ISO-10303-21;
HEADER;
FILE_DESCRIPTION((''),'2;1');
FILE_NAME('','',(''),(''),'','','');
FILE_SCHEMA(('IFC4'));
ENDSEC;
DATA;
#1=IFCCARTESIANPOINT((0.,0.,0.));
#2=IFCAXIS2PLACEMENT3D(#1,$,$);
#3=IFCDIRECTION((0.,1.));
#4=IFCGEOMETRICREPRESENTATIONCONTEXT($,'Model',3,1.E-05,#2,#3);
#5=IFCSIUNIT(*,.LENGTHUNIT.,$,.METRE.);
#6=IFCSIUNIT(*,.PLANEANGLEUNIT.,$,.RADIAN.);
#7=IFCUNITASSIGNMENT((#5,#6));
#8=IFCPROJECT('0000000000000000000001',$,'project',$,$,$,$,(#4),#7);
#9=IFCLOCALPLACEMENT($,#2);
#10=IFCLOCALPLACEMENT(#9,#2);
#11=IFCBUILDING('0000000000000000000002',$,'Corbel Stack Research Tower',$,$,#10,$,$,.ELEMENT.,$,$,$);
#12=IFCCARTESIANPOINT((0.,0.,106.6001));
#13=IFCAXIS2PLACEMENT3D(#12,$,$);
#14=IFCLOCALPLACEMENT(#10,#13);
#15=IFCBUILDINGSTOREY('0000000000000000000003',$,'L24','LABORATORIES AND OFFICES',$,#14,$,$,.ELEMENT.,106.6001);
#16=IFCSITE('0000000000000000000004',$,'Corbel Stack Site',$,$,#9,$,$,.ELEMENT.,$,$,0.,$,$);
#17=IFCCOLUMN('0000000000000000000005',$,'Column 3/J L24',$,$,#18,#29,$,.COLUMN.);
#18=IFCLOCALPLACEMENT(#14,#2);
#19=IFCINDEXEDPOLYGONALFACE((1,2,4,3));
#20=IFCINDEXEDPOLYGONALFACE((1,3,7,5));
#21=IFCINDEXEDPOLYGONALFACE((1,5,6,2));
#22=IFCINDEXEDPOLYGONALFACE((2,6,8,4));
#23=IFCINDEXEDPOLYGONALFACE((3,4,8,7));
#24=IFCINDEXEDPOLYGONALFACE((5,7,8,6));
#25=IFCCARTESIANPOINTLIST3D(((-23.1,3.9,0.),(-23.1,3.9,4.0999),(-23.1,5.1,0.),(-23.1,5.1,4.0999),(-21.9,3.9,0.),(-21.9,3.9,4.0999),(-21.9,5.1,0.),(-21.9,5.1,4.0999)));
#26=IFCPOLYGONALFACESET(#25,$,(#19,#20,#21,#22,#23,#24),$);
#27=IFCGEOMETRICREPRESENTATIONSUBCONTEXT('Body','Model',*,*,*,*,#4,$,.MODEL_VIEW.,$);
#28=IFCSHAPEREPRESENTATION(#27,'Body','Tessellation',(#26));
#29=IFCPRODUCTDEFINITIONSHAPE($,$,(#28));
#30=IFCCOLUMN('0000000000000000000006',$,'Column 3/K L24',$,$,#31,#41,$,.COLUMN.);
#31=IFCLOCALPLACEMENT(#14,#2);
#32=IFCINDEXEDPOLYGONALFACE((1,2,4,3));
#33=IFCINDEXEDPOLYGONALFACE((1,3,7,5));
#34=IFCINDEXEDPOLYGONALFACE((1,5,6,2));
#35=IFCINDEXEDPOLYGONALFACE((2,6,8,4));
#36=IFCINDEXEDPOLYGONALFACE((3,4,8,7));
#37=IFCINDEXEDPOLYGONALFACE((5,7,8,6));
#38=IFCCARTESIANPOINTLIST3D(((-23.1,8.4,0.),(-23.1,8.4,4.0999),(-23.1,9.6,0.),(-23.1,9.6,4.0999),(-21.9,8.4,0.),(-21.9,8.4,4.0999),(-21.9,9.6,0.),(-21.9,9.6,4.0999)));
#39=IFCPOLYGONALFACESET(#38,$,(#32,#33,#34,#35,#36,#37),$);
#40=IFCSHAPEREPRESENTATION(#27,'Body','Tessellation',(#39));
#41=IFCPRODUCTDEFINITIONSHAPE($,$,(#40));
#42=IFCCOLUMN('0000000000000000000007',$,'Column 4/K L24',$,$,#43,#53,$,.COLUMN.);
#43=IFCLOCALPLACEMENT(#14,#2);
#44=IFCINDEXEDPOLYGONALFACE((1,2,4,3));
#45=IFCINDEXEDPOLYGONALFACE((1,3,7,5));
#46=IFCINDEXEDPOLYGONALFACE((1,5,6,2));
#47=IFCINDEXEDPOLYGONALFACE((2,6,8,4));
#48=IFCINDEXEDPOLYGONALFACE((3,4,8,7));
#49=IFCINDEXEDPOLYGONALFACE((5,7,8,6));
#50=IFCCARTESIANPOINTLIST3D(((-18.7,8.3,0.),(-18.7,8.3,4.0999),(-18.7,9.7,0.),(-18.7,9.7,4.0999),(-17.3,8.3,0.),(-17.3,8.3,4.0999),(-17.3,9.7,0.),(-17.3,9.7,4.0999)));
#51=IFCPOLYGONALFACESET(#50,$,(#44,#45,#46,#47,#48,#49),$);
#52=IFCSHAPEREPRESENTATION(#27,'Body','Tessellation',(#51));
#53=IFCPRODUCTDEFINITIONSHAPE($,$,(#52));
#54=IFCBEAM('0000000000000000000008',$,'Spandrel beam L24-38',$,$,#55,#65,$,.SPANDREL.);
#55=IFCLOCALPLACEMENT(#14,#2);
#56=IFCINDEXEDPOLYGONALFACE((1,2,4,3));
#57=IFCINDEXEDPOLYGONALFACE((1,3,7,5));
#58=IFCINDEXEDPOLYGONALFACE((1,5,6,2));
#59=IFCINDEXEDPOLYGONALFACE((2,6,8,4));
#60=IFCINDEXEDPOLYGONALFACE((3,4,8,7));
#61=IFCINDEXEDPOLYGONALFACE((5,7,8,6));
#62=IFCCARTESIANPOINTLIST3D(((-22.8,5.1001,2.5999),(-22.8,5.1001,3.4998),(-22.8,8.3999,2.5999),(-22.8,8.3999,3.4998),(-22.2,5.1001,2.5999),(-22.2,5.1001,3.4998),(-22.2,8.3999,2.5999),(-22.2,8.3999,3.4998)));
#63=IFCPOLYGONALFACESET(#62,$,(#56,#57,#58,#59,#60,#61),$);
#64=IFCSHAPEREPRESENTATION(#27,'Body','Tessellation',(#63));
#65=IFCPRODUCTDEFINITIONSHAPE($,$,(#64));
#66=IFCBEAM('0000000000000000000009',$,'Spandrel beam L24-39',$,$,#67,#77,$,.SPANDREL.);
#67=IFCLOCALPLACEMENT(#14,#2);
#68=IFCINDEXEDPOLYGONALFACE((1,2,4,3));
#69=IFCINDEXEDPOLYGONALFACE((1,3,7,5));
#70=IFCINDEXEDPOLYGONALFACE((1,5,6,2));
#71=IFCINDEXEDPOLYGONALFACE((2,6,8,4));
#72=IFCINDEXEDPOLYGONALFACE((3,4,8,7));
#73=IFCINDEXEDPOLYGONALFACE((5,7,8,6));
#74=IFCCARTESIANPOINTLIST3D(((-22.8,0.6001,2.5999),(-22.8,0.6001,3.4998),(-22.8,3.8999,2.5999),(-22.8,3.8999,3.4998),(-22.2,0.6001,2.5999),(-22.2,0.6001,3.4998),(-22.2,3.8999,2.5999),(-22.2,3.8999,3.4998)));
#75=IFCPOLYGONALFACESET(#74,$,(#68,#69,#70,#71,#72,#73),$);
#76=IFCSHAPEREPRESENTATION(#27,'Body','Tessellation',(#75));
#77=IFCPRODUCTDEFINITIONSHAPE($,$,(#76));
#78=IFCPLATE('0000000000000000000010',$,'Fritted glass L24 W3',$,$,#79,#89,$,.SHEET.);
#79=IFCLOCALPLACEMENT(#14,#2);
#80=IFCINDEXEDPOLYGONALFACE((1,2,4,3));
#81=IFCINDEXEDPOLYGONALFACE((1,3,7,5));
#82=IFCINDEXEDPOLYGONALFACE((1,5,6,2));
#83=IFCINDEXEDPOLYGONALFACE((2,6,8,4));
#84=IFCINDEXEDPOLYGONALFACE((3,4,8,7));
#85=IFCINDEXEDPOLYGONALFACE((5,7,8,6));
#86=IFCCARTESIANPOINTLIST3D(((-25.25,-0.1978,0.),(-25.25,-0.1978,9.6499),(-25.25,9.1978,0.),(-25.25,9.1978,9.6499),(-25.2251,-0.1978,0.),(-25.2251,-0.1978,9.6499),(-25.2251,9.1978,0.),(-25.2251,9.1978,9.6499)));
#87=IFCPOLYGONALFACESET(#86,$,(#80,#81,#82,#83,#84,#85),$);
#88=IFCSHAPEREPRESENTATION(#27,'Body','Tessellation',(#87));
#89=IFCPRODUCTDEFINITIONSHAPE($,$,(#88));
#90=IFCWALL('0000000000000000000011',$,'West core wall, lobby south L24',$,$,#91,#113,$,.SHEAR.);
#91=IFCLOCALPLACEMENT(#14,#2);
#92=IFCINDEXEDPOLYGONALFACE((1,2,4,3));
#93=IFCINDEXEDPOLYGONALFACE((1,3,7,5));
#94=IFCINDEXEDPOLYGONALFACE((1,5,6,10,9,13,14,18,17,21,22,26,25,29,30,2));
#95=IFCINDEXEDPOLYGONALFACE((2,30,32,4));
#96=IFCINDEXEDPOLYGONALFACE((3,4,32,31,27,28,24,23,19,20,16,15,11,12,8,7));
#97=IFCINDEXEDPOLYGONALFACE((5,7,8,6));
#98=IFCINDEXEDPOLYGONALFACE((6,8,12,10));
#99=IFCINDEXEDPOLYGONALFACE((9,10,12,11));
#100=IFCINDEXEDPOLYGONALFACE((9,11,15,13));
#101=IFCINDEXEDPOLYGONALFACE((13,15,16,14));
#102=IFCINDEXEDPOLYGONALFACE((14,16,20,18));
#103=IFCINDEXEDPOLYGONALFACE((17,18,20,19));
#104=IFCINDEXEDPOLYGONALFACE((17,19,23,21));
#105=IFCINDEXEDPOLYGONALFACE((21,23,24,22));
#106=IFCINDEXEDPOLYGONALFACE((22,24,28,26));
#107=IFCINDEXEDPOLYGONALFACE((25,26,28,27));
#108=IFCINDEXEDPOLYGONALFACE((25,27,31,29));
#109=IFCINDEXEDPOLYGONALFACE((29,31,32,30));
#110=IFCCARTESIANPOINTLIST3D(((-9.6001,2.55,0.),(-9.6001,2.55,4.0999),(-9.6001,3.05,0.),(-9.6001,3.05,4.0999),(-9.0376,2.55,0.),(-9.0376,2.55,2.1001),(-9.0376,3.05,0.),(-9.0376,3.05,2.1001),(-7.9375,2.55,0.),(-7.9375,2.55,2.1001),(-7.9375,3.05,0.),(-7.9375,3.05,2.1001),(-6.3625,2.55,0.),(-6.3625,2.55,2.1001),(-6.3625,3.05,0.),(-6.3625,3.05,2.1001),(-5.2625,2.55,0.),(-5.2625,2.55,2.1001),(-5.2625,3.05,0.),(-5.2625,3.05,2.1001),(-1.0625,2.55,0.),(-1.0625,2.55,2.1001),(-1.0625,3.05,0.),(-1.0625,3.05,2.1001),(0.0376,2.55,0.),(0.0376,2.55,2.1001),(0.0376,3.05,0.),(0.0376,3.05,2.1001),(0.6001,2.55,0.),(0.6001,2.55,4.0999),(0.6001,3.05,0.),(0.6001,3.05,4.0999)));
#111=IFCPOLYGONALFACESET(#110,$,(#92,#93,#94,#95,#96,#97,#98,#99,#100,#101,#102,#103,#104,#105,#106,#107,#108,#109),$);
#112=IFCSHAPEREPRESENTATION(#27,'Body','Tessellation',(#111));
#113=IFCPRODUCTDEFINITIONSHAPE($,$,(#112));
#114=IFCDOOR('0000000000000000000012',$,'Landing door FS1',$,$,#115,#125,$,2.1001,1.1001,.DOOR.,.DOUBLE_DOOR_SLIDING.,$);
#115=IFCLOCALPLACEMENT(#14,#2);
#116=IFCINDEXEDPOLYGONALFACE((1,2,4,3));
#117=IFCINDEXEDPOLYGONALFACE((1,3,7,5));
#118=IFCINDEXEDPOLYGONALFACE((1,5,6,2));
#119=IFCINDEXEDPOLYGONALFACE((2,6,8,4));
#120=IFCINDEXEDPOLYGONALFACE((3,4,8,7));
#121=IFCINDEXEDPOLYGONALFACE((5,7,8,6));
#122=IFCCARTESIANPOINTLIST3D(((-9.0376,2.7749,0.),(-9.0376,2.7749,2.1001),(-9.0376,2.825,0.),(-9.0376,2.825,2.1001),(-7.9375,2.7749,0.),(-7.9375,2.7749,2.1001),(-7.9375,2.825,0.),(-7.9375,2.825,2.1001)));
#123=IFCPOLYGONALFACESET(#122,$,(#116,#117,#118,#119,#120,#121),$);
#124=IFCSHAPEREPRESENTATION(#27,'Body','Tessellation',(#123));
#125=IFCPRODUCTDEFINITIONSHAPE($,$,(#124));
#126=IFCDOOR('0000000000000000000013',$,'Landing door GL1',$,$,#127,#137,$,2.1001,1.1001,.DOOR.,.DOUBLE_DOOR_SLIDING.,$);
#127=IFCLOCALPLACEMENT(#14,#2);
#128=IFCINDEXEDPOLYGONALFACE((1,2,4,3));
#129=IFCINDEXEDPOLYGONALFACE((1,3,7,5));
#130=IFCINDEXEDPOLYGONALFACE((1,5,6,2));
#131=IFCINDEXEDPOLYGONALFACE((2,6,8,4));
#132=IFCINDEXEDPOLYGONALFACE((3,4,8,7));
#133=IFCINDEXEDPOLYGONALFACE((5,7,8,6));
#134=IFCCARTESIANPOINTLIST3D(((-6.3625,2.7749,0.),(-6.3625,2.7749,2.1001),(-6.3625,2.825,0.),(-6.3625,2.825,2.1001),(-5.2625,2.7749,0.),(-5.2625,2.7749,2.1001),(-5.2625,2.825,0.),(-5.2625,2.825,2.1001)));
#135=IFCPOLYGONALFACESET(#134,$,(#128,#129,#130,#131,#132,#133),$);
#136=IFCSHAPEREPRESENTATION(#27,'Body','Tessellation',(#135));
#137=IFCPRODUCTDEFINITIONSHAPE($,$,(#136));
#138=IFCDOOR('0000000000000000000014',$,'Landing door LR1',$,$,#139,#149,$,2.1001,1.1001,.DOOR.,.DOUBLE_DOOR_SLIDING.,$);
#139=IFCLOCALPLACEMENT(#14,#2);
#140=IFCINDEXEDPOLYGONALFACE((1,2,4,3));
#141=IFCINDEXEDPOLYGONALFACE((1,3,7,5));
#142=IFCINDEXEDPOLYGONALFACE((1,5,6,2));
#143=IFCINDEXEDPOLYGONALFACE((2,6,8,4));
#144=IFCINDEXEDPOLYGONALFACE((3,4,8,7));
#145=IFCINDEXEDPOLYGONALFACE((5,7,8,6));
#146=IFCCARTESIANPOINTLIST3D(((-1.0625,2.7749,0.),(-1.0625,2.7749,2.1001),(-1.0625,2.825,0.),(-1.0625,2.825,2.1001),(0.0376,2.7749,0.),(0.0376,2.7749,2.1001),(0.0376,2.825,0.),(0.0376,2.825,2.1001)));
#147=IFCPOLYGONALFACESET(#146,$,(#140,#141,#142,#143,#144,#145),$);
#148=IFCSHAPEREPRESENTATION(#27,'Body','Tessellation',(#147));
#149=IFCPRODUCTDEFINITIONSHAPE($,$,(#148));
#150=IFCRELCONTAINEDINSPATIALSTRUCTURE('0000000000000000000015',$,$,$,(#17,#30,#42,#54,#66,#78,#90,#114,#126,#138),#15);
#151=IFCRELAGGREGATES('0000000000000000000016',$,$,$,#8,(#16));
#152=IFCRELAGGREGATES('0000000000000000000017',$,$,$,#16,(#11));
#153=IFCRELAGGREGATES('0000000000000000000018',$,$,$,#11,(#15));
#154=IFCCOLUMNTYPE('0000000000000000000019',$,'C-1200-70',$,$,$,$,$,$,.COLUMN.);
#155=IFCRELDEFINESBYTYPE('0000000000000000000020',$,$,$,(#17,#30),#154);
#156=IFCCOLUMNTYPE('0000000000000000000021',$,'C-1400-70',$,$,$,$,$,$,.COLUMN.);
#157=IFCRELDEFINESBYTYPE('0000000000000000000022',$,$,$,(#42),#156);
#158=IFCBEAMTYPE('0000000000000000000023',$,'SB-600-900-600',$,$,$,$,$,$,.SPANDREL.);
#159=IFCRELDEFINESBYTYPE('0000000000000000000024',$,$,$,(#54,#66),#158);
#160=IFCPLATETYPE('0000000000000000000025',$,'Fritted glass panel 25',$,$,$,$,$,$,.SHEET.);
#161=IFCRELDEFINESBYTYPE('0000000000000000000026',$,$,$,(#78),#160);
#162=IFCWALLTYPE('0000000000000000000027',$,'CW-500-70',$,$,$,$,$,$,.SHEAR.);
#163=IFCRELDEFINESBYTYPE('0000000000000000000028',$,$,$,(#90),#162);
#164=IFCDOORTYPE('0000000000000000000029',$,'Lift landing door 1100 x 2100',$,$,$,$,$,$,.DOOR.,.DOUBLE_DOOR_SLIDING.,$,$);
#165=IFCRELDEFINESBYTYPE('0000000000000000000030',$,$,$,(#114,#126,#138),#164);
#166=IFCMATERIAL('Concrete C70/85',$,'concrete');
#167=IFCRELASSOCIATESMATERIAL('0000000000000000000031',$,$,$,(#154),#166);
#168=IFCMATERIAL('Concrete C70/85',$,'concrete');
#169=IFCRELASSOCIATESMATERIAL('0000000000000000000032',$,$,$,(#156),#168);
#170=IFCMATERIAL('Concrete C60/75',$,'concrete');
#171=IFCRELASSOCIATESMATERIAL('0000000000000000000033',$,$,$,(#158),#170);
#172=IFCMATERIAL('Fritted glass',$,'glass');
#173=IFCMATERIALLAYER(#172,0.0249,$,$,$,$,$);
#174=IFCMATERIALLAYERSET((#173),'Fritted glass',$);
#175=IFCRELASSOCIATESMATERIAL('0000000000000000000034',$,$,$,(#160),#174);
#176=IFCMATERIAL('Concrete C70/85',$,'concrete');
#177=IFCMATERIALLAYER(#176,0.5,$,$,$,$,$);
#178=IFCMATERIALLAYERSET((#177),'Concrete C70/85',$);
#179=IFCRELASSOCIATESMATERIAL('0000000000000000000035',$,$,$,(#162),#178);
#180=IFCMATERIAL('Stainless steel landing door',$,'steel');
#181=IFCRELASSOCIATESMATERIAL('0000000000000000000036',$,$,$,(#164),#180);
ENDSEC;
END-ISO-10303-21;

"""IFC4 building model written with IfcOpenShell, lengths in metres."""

from ifc_helpers import new_model, si_unit, direction, frame, frame_2d, origin, origin_2d, place, context, subcontext, project, spatial, rectangle, extrude, material, layer, layer_set, material_profile, profile_set, type_object, element, fill, save


model = new_model("IFC4")

# Units and contexts
model_context = context("Model", 3, precision=1e-05, world=origin(), true_north=direction((0.0, 1.0)))
body_context = subcontext(model_context, "Body", "Model", "MODEL_VIEW")
ifc_project = project(units=[si_unit("LENGTHUNIT", "METRE"), si_unit("PLANEANGLEUNIT", "RADIAN")], contexts=[model_context])

# Site, building, storey
site_placement = place(None, origin())
site = spatial("IfcSite", under=ifc_project, at=site_placement, Name="Corbel Stack Site", CompositionType="ELEMENT", RefElevation=0.0)
building_placement = place(site_placement, origin())
building = spatial("IfcBuilding", under=site, at=building_placement, Name="Corbel Stack Research Tower", CompositionType="ELEMENT")
storey_placement = place(building_placement, frame((0.0, 0.0, 106.6001)))
storey = spatial("IfcBuildingStorey", under=building, at=storey_placement, Name="L24", Description="LABORATORIES AND OFFICES", CompositionType="ELEMENT", Elevation=106.6001)

# Columns
ifc_material_1 = material(Name="Concrete C70/85", Category="concrete")
ifc_material_profile_1 = material_profile(ifc_material_1, rectangle(XDim=1.2, YDim=1.2, at=origin_2d()), Name="RC 1200 x 1200")
ifc_profile_set_1 = profile_set([ifc_material_profile_1], Name="Concrete C70/85")
column_type_1 = type_object("IfcColumnType", Name="C-1200-70", PredefinedType="COLUMN", material=ifc_profile_set_1)
for number, where, z_axis, x_axis, name in (
    (1, (-22.5, 4.5, 0.0), (0.0, 0.0, 1.0), (1.0, 0.0, 0.0), "Column 3/J L24"),
    (2, (-22.5, 9.0, 0.0), (0.0, 0.0, 1.0), (1.0, 0.0, 0.0), "Column 3/K L24"),
):
    element("IfcColumn", number, at=place(storey_placement, frame(where, z_axis=z_axis, x_axis=x_axis)), inside=storey, type_object=column_type_1, Name=name, PredefinedType="COLUMN", context=body_context, shape_type="SweptSolid", body=[
        extrude(rectangle(XDim=1.2, YDim=1.2, at=origin_2d()), origin(), (0.0, 0.0, 1.0), 4.0999),
    ])
ifc_material_2 = material(Name="Concrete C70/85", Category="concrete")
ifc_material_profile_2 = material_profile(ifc_material_2, rectangle(XDim=1.3999, YDim=1.3999, at=origin_2d()), Name="RC 1400 x 1400")
ifc_profile_set_2 = profile_set([ifc_material_profile_2], Name="Concrete C70/85")
column_type_2 = type_object("IfcColumnType", Name="C-1400-70", PredefinedType="COLUMN", material=ifc_profile_set_2)
column_placement = place(storey_placement, frame((-18.0, 9.0, 0.0), z_axis=(0.0, 0.0, 1.0), x_axis=(1.0, 0.0, 0.0)))
element("IfcColumn", 3, at=column_placement, inside=storey, type_object=column_type_2, Name="Column 4/K L24", PredefinedType="COLUMN", context=body_context, shape_type="SweptSolid", body=[
    extrude(rectangle(XDim=1.3999, YDim=1.3999, at=origin_2d()), origin(), (0.0, 0.0, 1.0), 4.0999),
])

# Beams
ifc_material_3 = material(Name="Concrete C60/75", Category="concrete")
ifc_material_profile_3 = material_profile(ifc_material_3, rectangle(XDim=0.6001, YDim=0.8999, at=origin_2d()), Name="RC 600 x 900")
ifc_profile_set_3 = profile_set([ifc_material_profile_3], Name="Concrete C60/75")
beam_type = type_object("IfcBeamType", Name="SB-600-900-600", PredefinedType="SPANDREL", material=ifc_profile_set_3)
for number, where, z_axis, x_axis, name in (
    (4, (-22.5, 8.3999, 3.0498), (0.0, -1.0, 0.0), (1.0, 0.0, 0.0), "Spandrel beam L24-38"),
    (5, (-22.5, 3.8999, 3.0498), (0.0, -1.0, 0.0), (1.0, 0.0, 0.0), "Spandrel beam L24-39"),
):
    element("IfcBeam", number, at=place(storey_placement, frame(where, z_axis=z_axis, x_axis=x_axis)), inside=storey, type_object=beam_type, Name=name, PredefinedType="SPANDREL", context=body_context, shape_type="SweptSolid", body=[
        extrude(rectangle(XDim=0.6001, YDim=0.8999, at=origin_2d()), origin(), (0.0, 0.0, 1.0), 3.2998),
    ])

# Plate
ifc_material_4 = material(Name="Fritted glass", Category="glass")
ifc_layer_1 = layer(ifc_material_4, 0.0249)
ifc_layer_set_1 = layer_set([ifc_layer_1], Name="Fritted glass")
plate_type = type_object("IfcPlateType", Name="Fritted glass panel 25", PredefinedType="SHEET", material=ifc_layer_set_1)
plate_placement = place(storey_placement, frame((-25.2375, 4.5, 0.0), z_axis=(0.0, 0.0, 1.0), x_axis=(0.0, -1.0, 0.0)))
element("IfcPlate", 6, at=plate_placement, inside=storey, type_object=plate_type, Name="Fritted glass L24 W3", PredefinedType="SHEET", context=body_context, shape_type="SweptSolid", body=[
    extrude(rectangle(XDim=9.3955, YDim=0.0249, at=origin_2d()), origin(), (0.0, 0.0, 1.0), 9.6499),
])

# Wall, openings, doors
ifc_material_5 = material(Name="Concrete C70/85", Category="concrete")
ifc_layer_2 = layer(ifc_material_5, 0.5)
ifc_layer_set_2 = layer_set([ifc_layer_2], Name="Concrete C70/85")
wall_type_1 = type_object("IfcWallType", Name="CW-500-70", PredefinedType="SHEAR", material=ifc_layer_set_2)
wall_1_placement = place(storey_placement, frame((-9.6001, 2.8, 0.0), z_axis=(0.0, 0.0, 1.0), x_axis=(1.0, 0.0, 0.0)))
wall_1 = element("IfcWall", 7, at=wall_1_placement, inside=storey, type_object=wall_type_1, Name="West core wall, lobby south L24", PredefinedType="SHEAR", context=body_context, shape_type="SweptSolid", body=[
    extrude(rectangle(XDim=10.2002, YDim=0.5, at=frame_2d((5.1001, 0.0))), origin(), (0.0, 0.0, 1.0), 4.0999),
])
opening_1_placement = place(wall_1_placement, frame((0.5625, 0.0, 0.0)))
opening_1 = element("IfcOpeningElement", 8, at=opening_1_placement, cuts=wall_1, PredefinedType="OPENING", context=body_context, shape_type="SweptSolid", body=[
    extrude(rectangle(XDim=1.1001, YDim=2.1001, at=frame_2d((0.55, 1.05))), frame((0.0, 0.26, 0.0), z_axis=(0.0, -1.0, 0.0), x_axis=(1.0, 0.0, 0.0)), (0.0, 0.0, 1.0), 0.52),
])
opening_2_placement = place(wall_1_placement, frame((3.2375, 0.0, 0.0)))
opening_2 = element("IfcOpeningElement", 9, at=opening_2_placement, cuts=wall_1, PredefinedType="OPENING", context=body_context, shape_type="SweptSolid", body=[
    extrude(rectangle(XDim=1.1001, YDim=2.1001, at=frame_2d((0.55, 1.05))), frame((0.0, 0.26, 0.0), z_axis=(0.0, -1.0, 0.0), x_axis=(1.0, 0.0, 0.0)), (0.0, 0.0, 1.0), 0.52),
])
opening_3_placement = place(wall_1_placement, frame((8.5376, 0.0, 0.0)))
opening_3 = element("IfcOpeningElement", 10, at=opening_3_placement, cuts=wall_1, PredefinedType="OPENING", context=body_context, shape_type="SweptSolid", body=[
    extrude(rectangle(XDim=1.1001, YDim=2.1001, at=frame_2d((0.55, 1.05))), frame((0.0, 0.26, 0.0), z_axis=(0.0, -1.0, 0.0), x_axis=(1.0, 0.0, 0.0)), (0.0, 0.0, 1.0), 0.52),
])
ifc_material_6 = material(Name="Stainless steel landing door", Category="steel")
door_type_1 = type_object("IfcDoorType", Name="Lift landing door 1100 x 2100", OperationType="DOUBLE_DOOR_SLIDING", PredefinedType="DOOR", material=ifc_material_6)
door_1_placement = place(opening_1_placement, origin())
door_1 = element("IfcDoor", 11, at=door_1_placement, inside=storey, type_object=door_type_1, Name="Landing door FS1", OperationType="DOUBLE_DOOR_SLIDING", OverallHeight=2.1001, OverallWidth=1.1001, PredefinedType="DOOR", context=body_context, shape_type="SweptSolid", body=[
    extrude(rectangle(XDim=1.1001, YDim=2.1001, at=frame_2d((0.55, 1.05))), frame((0.0, 0.0249, 0.0), z_axis=(0.0, -1.0, 0.0), x_axis=(1.0, 0.0, 0.0)), (0.0, 0.0, 1.0), 0.05),
])
fill(opening_1, door_1)
door_2_placement = place(opening_2_placement, origin())
door_2 = element("IfcDoor", 12, at=door_2_placement, inside=storey, type_object=door_type_1, Name="Landing door GL1", OperationType="DOUBLE_DOOR_SLIDING", OverallHeight=2.1001, OverallWidth=1.1001, PredefinedType="DOOR", context=body_context, shape_type="SweptSolid", body=[
    extrude(rectangle(XDim=1.1001, YDim=2.1001, at=frame_2d((0.55, 1.05))), frame((0.0, 0.0249, 0.0), z_axis=(0.0, -1.0, 0.0), x_axis=(1.0, 0.0, 0.0)), (0.0, 0.0, 1.0), 0.05),
])
fill(opening_2, door_2)
door_3_placement = place(opening_3_placement, origin())
door_3 = element("IfcDoor", 13, at=door_3_placement, inside=storey, type_object=door_type_1, Name="Landing door LR1", OperationType="DOUBLE_DOOR_SLIDING", OverallHeight=2.1001, OverallWidth=1.1001, PredefinedType="DOOR", context=body_context, shape_type="SweptSolid", body=[
    extrude(rectangle(XDim=1.1001, YDim=2.1001, at=frame_2d((0.55, 1.05))), frame((0.0, 0.0249, 0.0), z_axis=(0.0, -1.0, 0.0), x_axis=(1.0, 0.0, 0.0)), (0.0, 0.0, 1.0), 0.05),
])
fill(opening_3, door_3)

save(model, "model.ifc")
